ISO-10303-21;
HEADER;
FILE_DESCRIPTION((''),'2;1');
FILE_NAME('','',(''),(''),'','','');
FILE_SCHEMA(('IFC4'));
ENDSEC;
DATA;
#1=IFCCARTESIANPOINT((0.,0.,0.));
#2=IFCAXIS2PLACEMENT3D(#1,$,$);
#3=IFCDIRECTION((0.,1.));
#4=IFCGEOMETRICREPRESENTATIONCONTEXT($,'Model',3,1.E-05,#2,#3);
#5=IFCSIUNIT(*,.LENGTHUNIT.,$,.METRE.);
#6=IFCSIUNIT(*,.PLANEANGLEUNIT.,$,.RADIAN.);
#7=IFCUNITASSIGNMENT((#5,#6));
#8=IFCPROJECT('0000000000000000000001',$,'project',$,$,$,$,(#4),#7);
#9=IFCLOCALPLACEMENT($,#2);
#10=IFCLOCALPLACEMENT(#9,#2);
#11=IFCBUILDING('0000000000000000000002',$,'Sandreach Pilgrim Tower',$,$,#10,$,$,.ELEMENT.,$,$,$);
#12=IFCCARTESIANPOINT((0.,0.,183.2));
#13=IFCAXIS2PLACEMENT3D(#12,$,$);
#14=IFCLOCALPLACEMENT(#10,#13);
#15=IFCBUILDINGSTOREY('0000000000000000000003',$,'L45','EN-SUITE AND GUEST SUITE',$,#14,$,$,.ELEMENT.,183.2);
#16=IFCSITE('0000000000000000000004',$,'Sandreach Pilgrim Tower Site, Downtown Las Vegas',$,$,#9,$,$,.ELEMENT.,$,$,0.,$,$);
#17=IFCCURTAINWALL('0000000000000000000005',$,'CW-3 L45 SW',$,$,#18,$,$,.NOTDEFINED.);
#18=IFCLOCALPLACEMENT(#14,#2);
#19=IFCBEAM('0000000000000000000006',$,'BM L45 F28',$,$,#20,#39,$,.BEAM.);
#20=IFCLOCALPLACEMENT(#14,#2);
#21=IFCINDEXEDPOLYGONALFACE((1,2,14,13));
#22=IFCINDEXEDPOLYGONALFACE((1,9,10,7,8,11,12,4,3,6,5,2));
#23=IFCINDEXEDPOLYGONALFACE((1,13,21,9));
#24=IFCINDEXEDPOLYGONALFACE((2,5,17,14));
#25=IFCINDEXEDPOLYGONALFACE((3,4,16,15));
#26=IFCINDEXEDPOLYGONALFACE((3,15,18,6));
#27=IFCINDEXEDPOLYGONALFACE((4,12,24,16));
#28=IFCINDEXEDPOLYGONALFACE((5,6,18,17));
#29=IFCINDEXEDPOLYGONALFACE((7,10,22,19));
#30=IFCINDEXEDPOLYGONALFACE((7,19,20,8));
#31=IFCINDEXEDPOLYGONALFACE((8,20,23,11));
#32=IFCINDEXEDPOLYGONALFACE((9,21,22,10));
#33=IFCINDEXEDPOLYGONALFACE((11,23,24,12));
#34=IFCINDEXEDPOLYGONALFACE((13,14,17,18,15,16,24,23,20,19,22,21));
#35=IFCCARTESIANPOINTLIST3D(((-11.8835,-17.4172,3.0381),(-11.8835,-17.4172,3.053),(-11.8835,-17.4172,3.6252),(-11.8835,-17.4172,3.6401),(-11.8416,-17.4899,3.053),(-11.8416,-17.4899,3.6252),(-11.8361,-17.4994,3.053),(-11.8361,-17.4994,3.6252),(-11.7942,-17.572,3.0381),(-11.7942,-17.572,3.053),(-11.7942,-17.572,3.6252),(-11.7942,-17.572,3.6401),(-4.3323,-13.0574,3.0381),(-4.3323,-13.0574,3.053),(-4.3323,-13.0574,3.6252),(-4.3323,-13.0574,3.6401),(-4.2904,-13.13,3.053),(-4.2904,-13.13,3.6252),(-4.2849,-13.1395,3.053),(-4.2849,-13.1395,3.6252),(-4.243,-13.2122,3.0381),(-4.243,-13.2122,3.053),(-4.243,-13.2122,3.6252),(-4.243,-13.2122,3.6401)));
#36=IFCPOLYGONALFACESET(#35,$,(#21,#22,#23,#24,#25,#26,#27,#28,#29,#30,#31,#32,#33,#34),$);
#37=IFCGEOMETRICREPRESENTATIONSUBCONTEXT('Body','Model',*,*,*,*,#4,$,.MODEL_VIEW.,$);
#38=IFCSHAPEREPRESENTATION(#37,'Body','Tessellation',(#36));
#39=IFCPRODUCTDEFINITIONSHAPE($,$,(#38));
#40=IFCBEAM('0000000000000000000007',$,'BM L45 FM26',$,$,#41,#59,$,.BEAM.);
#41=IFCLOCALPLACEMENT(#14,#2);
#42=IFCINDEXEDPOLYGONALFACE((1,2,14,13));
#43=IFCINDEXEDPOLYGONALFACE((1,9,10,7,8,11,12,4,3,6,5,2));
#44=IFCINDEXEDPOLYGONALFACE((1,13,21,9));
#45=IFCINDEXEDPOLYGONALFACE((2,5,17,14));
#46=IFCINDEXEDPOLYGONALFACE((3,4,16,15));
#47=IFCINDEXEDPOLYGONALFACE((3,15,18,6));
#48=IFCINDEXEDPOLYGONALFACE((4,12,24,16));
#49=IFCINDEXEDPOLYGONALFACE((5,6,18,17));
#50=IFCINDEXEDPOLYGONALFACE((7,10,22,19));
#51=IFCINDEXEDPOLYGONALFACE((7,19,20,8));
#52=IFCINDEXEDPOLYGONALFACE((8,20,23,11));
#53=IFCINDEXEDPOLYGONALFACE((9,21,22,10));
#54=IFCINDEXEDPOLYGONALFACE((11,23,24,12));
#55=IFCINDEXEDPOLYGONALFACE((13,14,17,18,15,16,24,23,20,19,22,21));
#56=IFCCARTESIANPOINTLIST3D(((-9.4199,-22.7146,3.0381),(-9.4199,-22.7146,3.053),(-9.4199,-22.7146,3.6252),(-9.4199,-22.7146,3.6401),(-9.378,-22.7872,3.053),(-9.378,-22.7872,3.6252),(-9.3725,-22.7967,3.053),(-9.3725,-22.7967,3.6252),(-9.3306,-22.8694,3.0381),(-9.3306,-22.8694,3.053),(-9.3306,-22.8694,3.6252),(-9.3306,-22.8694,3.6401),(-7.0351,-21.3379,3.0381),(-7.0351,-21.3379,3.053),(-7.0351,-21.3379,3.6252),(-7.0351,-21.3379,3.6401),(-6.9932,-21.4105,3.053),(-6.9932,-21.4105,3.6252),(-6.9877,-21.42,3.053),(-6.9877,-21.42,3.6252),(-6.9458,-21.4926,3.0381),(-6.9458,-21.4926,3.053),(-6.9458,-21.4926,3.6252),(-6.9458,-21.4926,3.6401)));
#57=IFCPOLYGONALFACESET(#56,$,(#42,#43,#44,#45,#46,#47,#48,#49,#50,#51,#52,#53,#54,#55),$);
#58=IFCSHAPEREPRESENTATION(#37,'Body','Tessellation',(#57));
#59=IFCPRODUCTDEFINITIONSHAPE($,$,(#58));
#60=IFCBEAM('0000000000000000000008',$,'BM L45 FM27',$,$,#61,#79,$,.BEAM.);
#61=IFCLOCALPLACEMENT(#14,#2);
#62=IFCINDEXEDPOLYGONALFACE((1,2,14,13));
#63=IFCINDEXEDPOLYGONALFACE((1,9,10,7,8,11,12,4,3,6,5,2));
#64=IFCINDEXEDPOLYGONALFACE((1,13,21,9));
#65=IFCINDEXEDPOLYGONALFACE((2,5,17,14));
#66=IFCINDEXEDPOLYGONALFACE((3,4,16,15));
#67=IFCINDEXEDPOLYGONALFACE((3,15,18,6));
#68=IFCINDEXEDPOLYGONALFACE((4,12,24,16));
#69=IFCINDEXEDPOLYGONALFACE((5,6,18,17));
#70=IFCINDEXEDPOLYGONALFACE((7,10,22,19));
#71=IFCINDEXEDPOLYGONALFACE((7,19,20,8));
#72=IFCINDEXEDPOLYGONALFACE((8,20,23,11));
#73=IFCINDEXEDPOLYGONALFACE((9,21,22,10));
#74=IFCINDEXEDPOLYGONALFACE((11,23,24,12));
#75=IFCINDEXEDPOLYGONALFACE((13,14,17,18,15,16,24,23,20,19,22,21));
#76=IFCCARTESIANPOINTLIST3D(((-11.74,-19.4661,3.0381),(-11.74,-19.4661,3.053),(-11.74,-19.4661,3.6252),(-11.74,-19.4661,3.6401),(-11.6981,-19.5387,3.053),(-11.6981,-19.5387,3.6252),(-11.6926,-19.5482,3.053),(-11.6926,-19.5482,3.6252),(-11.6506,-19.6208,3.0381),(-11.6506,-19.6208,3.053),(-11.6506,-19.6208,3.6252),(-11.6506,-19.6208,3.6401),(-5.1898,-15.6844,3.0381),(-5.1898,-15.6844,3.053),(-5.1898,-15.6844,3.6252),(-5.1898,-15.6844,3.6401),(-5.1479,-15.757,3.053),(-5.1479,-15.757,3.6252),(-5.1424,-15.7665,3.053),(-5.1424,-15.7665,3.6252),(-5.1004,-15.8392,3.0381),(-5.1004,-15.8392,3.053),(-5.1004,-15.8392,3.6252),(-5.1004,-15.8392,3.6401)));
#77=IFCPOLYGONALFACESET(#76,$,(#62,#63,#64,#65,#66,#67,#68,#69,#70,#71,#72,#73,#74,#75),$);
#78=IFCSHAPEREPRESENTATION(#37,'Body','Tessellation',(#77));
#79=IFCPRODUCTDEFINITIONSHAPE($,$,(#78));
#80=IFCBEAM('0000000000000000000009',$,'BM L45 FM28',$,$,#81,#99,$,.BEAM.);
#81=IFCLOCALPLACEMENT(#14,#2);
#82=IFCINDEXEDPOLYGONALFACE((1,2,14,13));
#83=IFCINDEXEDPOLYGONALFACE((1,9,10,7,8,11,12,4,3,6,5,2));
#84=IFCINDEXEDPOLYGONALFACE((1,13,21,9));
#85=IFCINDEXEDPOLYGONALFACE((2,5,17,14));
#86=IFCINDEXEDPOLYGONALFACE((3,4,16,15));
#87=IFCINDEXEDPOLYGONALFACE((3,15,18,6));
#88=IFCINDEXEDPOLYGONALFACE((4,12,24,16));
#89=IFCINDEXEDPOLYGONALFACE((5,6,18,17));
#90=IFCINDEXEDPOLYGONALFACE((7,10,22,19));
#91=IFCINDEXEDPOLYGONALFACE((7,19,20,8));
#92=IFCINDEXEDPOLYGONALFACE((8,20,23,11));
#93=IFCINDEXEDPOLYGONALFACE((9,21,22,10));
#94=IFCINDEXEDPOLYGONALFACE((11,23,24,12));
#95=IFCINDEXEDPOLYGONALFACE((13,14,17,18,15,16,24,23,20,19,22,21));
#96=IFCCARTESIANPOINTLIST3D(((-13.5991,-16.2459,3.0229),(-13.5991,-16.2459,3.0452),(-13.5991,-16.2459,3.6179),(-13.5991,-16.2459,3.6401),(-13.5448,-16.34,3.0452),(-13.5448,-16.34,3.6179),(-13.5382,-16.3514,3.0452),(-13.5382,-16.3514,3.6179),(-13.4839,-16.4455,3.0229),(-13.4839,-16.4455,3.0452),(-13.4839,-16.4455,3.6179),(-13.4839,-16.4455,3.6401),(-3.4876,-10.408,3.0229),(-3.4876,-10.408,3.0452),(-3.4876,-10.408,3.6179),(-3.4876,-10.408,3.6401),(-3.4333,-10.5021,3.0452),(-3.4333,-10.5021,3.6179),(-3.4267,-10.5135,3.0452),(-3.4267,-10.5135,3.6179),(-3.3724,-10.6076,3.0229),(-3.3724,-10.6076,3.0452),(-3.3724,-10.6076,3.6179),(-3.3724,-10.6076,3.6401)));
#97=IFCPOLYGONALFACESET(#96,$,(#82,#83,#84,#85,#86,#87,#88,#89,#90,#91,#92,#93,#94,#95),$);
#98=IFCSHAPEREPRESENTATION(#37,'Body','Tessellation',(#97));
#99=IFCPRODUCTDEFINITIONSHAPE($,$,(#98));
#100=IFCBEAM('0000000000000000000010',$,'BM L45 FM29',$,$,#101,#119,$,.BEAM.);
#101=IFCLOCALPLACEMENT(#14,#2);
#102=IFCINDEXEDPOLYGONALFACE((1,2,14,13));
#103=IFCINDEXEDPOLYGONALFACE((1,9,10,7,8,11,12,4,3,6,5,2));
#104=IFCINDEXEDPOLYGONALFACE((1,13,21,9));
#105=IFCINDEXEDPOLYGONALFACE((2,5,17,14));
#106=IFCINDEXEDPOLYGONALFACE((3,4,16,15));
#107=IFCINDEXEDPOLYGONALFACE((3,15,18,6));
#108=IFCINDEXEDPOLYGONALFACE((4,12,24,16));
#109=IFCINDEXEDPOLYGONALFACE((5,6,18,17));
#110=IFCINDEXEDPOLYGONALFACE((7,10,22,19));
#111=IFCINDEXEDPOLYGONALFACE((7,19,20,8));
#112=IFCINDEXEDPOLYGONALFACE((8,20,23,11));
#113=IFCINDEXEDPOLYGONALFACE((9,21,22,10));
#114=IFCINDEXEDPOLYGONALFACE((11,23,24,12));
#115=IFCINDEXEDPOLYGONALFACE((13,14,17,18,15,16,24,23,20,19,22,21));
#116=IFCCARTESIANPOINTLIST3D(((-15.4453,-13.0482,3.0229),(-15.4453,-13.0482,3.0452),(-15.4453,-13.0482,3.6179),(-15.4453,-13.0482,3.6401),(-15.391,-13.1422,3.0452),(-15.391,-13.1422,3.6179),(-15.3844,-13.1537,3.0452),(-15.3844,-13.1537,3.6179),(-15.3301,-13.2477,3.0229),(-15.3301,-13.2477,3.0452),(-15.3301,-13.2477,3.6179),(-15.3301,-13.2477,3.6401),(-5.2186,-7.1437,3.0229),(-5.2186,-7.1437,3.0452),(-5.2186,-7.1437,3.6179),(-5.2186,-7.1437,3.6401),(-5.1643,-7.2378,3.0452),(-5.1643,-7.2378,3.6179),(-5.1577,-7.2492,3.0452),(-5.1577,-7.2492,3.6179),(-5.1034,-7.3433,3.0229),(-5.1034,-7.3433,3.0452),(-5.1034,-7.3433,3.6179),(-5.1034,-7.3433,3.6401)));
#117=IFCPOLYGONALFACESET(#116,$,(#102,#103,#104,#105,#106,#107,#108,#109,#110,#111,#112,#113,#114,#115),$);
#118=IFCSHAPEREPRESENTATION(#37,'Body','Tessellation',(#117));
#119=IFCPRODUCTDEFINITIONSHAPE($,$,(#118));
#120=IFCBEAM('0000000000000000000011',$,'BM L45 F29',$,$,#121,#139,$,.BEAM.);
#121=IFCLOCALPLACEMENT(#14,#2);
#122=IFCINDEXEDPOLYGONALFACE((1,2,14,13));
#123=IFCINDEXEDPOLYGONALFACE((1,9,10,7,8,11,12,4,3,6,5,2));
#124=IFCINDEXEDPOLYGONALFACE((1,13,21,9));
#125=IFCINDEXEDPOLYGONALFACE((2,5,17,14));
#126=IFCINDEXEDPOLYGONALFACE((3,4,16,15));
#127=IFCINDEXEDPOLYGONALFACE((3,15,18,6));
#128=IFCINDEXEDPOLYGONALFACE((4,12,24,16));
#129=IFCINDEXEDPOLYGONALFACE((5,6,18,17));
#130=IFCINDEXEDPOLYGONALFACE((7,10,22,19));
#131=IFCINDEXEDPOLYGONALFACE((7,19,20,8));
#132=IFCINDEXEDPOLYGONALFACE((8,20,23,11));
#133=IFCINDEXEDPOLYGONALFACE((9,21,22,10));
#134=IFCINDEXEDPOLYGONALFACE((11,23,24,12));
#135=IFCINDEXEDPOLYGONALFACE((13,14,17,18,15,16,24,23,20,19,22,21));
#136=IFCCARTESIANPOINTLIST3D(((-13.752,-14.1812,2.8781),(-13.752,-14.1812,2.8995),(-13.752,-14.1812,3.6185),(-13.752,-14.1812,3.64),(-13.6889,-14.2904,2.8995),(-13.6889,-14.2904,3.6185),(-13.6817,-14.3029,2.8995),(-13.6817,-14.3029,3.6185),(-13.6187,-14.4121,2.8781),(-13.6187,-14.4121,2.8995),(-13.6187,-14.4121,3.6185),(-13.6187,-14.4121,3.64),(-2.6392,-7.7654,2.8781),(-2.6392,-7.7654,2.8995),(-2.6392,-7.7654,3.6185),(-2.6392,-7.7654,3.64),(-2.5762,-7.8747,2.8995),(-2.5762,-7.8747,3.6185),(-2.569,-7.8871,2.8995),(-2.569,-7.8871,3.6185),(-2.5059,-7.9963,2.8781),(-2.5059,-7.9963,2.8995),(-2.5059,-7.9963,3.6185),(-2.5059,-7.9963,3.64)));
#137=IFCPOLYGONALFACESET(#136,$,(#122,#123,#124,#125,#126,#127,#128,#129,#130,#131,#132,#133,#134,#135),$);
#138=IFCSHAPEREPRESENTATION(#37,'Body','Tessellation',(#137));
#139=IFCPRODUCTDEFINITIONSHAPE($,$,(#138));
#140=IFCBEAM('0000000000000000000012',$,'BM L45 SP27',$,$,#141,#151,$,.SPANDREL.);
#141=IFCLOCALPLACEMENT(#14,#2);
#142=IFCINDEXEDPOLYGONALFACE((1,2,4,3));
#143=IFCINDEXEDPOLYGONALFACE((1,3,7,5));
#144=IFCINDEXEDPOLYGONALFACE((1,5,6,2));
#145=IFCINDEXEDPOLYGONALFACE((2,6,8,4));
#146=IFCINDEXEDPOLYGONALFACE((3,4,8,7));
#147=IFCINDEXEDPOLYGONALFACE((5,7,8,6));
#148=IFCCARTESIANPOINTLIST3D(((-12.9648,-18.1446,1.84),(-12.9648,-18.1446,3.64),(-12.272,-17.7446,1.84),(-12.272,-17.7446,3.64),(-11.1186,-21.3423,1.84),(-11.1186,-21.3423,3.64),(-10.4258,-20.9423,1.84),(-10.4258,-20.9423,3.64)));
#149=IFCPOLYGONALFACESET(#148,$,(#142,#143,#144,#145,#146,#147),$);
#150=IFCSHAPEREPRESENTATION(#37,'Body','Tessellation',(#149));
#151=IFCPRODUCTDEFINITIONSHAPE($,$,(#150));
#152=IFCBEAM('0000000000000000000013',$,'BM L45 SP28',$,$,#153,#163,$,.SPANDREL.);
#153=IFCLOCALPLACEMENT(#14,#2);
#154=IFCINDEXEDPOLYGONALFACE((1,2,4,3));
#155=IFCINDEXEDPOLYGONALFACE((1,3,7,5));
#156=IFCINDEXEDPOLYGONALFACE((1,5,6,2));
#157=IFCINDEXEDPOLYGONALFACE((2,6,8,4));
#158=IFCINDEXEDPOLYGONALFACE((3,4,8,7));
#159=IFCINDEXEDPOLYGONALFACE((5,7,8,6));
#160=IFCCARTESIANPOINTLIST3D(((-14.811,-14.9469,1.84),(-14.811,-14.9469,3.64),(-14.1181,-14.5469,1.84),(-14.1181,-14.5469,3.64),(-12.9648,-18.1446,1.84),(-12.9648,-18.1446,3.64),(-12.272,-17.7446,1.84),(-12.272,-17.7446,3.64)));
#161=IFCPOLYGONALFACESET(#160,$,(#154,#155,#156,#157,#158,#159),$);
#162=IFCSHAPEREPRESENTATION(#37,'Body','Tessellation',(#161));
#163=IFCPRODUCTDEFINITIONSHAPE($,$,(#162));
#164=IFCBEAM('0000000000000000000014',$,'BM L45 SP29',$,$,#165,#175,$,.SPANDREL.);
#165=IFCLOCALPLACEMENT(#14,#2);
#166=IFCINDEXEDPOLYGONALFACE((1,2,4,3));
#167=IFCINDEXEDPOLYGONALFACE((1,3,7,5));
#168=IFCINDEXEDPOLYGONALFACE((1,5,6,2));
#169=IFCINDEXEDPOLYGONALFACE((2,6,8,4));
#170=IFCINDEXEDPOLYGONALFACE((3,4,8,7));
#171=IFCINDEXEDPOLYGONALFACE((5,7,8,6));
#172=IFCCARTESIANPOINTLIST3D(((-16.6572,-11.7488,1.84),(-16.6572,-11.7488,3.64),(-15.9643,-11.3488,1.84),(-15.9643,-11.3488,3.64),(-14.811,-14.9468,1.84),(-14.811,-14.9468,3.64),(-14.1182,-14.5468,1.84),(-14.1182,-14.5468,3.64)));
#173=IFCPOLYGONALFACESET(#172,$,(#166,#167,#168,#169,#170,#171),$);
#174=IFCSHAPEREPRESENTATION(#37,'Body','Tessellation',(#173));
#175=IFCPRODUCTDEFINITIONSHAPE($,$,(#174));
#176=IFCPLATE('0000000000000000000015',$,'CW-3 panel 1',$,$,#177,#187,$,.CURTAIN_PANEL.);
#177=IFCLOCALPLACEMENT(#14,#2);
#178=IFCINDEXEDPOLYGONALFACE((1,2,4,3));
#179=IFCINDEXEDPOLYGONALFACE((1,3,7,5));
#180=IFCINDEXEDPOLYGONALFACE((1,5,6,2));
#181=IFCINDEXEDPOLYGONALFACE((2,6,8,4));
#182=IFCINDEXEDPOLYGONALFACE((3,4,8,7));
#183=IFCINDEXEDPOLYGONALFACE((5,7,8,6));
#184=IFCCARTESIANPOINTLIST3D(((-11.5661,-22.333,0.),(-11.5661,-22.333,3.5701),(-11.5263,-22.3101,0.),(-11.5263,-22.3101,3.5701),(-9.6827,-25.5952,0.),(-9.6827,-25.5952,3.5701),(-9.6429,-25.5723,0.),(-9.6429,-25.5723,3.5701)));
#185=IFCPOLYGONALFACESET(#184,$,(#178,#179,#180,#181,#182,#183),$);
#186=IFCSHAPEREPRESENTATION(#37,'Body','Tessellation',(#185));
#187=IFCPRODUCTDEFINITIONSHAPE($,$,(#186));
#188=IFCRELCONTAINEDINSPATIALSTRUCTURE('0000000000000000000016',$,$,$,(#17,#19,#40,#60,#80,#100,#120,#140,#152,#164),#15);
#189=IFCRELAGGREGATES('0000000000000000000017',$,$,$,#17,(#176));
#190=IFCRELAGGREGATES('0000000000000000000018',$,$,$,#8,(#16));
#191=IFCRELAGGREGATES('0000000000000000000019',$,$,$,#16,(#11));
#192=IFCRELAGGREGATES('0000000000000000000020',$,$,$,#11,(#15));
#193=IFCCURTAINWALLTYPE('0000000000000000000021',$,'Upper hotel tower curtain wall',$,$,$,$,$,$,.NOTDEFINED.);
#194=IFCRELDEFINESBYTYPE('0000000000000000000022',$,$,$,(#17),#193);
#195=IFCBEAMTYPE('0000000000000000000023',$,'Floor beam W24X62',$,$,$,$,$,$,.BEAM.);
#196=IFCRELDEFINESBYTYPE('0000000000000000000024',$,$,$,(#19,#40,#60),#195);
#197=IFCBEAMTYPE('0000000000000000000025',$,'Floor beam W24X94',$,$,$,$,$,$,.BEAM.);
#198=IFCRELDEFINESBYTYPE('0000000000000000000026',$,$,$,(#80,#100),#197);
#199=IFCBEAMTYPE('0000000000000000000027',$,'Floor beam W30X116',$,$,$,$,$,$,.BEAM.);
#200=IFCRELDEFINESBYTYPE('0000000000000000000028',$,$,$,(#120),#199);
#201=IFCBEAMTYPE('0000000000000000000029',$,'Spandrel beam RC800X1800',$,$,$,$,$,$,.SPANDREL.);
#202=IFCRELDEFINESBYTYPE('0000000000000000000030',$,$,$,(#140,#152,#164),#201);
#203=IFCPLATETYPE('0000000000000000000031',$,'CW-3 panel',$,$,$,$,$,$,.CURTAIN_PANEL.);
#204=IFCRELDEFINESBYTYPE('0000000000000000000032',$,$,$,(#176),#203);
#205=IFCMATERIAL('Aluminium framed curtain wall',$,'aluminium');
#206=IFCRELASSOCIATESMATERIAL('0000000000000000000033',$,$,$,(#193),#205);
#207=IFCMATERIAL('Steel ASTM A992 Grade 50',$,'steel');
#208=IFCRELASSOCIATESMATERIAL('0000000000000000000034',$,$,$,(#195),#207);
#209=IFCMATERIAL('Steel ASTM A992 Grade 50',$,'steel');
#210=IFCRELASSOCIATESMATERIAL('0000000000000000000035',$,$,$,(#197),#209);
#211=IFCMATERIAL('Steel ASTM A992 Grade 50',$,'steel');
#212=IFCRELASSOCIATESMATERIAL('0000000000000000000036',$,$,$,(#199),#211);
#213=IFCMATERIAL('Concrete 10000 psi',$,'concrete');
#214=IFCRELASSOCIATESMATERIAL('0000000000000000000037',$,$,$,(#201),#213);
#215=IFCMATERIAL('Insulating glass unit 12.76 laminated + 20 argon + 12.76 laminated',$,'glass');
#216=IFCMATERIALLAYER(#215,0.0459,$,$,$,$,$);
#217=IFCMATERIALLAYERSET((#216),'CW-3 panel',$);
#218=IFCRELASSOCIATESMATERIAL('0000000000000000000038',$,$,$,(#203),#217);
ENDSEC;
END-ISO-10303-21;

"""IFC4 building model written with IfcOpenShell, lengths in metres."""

from ifc_helpers import new_model, si_unit, direction, frame, origin, origin_2d, place, context, subcontext, project, spatial, rectangle, i_section, extrude, material, layer, layer_set, material_profile, profile_set, type_object, element, aggregate, save


model = new_model("IFC4")

# Units and contexts
model_context = context("Model", 3, precision=1e-05, world=origin(), true_north=direction((0.0, 1.0)))
body_context = subcontext(model_context, "Body", "Model", "MODEL_VIEW")
ifc_project = project(units=[si_unit("LENGTHUNIT", "METRE"), si_unit("PLANEANGLEUNIT", "RADIAN")], contexts=[model_context])

# Site, building, storey
site_placement = place(None, origin())
site = spatial("IfcSite", under=ifc_project, at=site_placement, Name="Sandreach Pilgrim Tower Site, Downtown Las Vegas", CompositionType="ELEMENT", RefElevation=0.0)
building_placement = place(site_placement, origin())
building = spatial("IfcBuilding", under=site, at=building_placement, Name="Sandreach Pilgrim Tower", CompositionType="ELEMENT")
storey_placement = place(building_placement, frame((0.0, 0.0, 183.2)))
storey = spatial("IfcBuildingStorey", under=building, at=storey_placement, Name="L45", Description="EN-SUITE AND GUEST SUITE", CompositionType="ELEMENT", Elevation=183.2)

# Curtain wall
ifc_material_1 = material(Name="Aluminium framed curtain wall", Category="aluminium")
curtain_wall_type = type_object("IfcCurtainWallType", Name="Upper hotel tower curtain wall", PredefinedType="NOTDEFINED", material=ifc_material_1)
curtain_wall_placement = place(storey_placement, origin())
curtain_wall = element("IfcCurtainWall", 1, at=curtain_wall_placement, inside=storey, type_object=curtain_wall_type, Name="CW-3 L45 SW", PredefinedType="NOTDEFINED")

# Beams
ifc_material_2 = material(Name="Steel ASTM A992 Grade 50", Category="steel")
ifc_material_profile_1 = material_profile(ifc_material_2, i_section(OverallWidth=0.1787, OverallDepth=0.6021, WebThickness=0.011, FlangeThickness=0.0149, at=origin_2d()), Name="W24X62")
ifc_profile_set_1 = profile_set([ifc_material_profile_1], Name="Steel ASTM A992 Grade 50")
beam_type_1 = type_object("IfcBeamType", Name="Floor beam W24X62", PredefinedType="BEAM", material=ifc_profile_set_1)
beam_1_placement = place(storey_placement, frame((-11.8389, -17.4946, 3.3391), z_axis=(0.866019, 0.500012, 0.0), x_axis=(-0.500012, 0.866019, 0.0)))
element("IfcBeam", 2, at=beam_1_placement, inside=storey, type_object=beam_type_1, Name="BM L45 F28", PredefinedType="BEAM", context=body_context, shape_type="SweptSolid", body=[
    extrude(i_section(OverallWidth=0.1787, OverallDepth=0.6021, WebThickness=0.011, FlangeThickness=0.0149, at=origin_2d()), origin(), (0.0, 0.0, 1.0), 8.7195),
])
beam_2_placement = place(storey_placement, frame((-9.3752, -22.792, 3.3391), z_axis=(0.866047, 0.499963, 0.0), x_axis=(-0.499963, 0.866047, 0.0)))
element("IfcBeam", 3, at=beam_2_placement, inside=storey, type_object=beam_type_1, Name="BM L45 FM26", PredefinedType="BEAM", context=body_context, shape_type="SweptSolid", body=[
    extrude(i_section(OverallWidth=0.1787, OverallDepth=0.6021, WebThickness=0.011, FlangeThickness=0.0149, at=origin_2d()), origin(), (0.0, 0.0, 1.0), 2.7537),
])
beam_3_placement = place(storey_placement, frame((-11.6953, -19.5435, 3.3391), z_axis=(0.86603, 0.499993, 0.0), x_axis=(-0.499993, 0.86603, 0.0)))
element("IfcBeam", 4, at=beam_3_placement, inside=storey, type_object=beam_type_1, Name="BM L45 FM27", PredefinedType="BEAM", context=body_context, shape_type="SweptSolid", body=[
    extrude(i_section(OverallWidth=0.1787, OverallDepth=0.6021, WebThickness=0.011, FlangeThickness=0.0149, at=origin_2d()), origin(), (0.0, 0.0, 1.0), 7.5635),
])
ifc_material_3 = material(Name="Steel ASTM A992 Grade 50", Category="steel")
ifc_material_profile_2 = material_profile(ifc_material_3, i_section(OverallWidth=0.2305, OverallDepth=0.6172, WebThickness=0.0132, FlangeThickness=0.0222, at=origin_2d()), Name="W24X94")
ifc_profile_set_2 = profile_set([ifc_material_profile_2], Name="Steel ASTM A992 Grade 50")
beam_type_2 = type_object("IfcBeamType", Name="Floor beam W24X94", PredefinedType="BEAM", material=ifc_profile_set_2)
beam_4_placement = place(storey_placement, frame((-13.5415, -16.3457, 3.3315), z_axis=(0.866026, 0.499998, 0.0), x_axis=(-0.499998, 0.866026, 0.0)))
element("IfcBeam", 5, at=beam_4_placement, inside=storey, type_object=beam_type_2, Name="BM L45 FM28", PredefinedType="BEAM", context=body_context, shape_type="SweptSolid", body=[
    extrude(i_section(OverallWidth=0.2305, OverallDepth=0.6172, WebThickness=0.0132, FlangeThickness=0.0222, at=origin_2d()), origin(), (0.0, 0.0, 1.0), 11.6758),
])
beam_5_placement = place(storey_placement, frame((-15.3877, -13.1479, 3.3315), z_axis=(0.866022, 0.500006, 0.0), x_axis=(-0.500006, 0.866022, 0.0)))
element("IfcBeam", 6, at=beam_5_placement, inside=storey, type_object=beam_type_2, Name="BM L45 FM29", PredefinedType="BEAM", context=body_context, shape_type="SweptSolid", body=[
    extrude(i_section(OverallWidth=0.2305, OverallDepth=0.6172, WebThickness=0.0132, FlangeThickness=0.0222, at=origin_2d()), origin(), (0.0, 0.0, 1.0), 11.8088),
])
ifc_material_4 = material(Name="Steel ASTM A992 Grade 50", Category="steel")
ifc_material_profile_3 = material_profile(ifc_material_4, i_section(OverallWidth=0.2666, OverallDepth=0.762, WebThickness=0.0144, FlangeThickness=0.0215, at=origin_2d()), Name="W30X116")
ifc_profile_set_3 = profile_set([ifc_material_profile_3], Name="Steel ASTM A992 Grade 50")
beam_type_3 = type_object("IfcBeamType", Name="Floor beam W30X116", PredefinedType="BEAM", material=ifc_profile_set_3)
beam_6_placement = place(storey_placement, frame((-13.6853, -14.2966, 3.259), z_axis=(0.866032, 0.499988, 0.0), x_axis=(-0.499988, 0.866032, 0.0)))
element("IfcBeam", 7, at=beam_6_placement, inside=storey, type_object=beam_type_3, Name="BM L45 F29", PredefinedType="BEAM", context=body_context, shape_type="SweptSolid", body=[
    extrude(i_section(OverallWidth=0.2666, OverallDepth=0.762, WebThickness=0.0144, FlangeThickness=0.0215, at=origin_2d()), origin(), (0.0, 0.0, 1.0), 12.8318),
])
ifc_material_5 = material(Name="Concrete 10000 psi", Category="concrete")
ifc_material_profile_4 = material_profile(ifc_material_5, rectangle(XDim=0.8, YDim=1.8, at=origin_2d()), Name="RC800X1800")
ifc_profile_set_4 = profile_set([ifc_material_profile_4], Name="Concrete 10000 psi")
beam_type_4 = type_object("IfcBeamType", Name="Spandrel beam RC800X1800", PredefinedType="SPANDREL", material=ifc_profile_set_4)
for number, where, z_axis, x_axis, name in (
    (8, (-10.7722, -21.1423, 2.74), (-0.499993, 0.866029, 0.0), (-0.866029, -0.499993, 0.0), "BM L45 SP27"),
    (9, (-12.6184, -17.9446, 2.74), (-0.499993, 0.866029, 0.0), (-0.866029, -0.499993, 0.0), "BM L45 SP28"),
):
    element("IfcBeam", number, at=place(storey_placement, frame(where, z_axis=z_axis, x_axis=x_axis)), inside=storey, type_object=beam_type_4, Name=name, PredefinedType="SPANDREL", context=body_context, shape_type="SweptSolid", body=[
        extrude(rectangle(XDim=0.8, YDim=1.8, at=origin_2d()), origin(), (0.0, 0.0, 1.0), 3.6924),
    ])
beam_7_placement = place(storey_placement, frame((-14.4646, -14.7468, 2.74), z_axis=(-0.499965, 0.866046, 0.0), x_axis=(-0.866046, -0.499965, 0.0)))
element("IfcBeam", 10, at=beam_7_placement, inside=storey, type_object=beam_type_4, Name="BM L45 SP29", PredefinedType="SPANDREL", context=body_context, shape_type="SweptSolid", body=[
    extrude(rectangle(XDim=0.8, YDim=1.8, at=origin_2d()), origin(), (0.0, 0.0, 1.0), 3.6926),
])

# Plate
ifc_material_6 = material(Name="Insulating glass unit 12.76 laminated + 20 argon + 12.76 laminated", Category="glass")
ifc_layer_1 = layer(ifc_material_6, 0.0459)
ifc_layer_set_1 = layer_set([ifc_layer_1], Name="CW-3 panel")
plate_type = type_object("IfcPlateType", Name="CW-3 panel", PredefinedType="CURTAIN_PANEL", material=ifc_layer_set_1)
plate_1_placement = place(storey_placement, frame((-10.6045, -23.9526, 0.0), z_axis=(0.0, 0.0, 1.0), x_axis=(-0.5, 0.866025, 0.0)))
plate_1 = element("IfcPlate", 11, at=plate_1_placement, type_object=plate_type, Name="CW-3 panel 1", PredefinedType="CURTAIN_PANEL", context=body_context, shape_type="SweptSolid", body=[
    extrude(rectangle(XDim=3.7668, YDim=0.0459, at=origin_2d()), origin(), (0.0, 0.0, 1.0), 3.5701),
])
aggregate(curtain_wall, [plate_1])

save(model, "model.ifc")
